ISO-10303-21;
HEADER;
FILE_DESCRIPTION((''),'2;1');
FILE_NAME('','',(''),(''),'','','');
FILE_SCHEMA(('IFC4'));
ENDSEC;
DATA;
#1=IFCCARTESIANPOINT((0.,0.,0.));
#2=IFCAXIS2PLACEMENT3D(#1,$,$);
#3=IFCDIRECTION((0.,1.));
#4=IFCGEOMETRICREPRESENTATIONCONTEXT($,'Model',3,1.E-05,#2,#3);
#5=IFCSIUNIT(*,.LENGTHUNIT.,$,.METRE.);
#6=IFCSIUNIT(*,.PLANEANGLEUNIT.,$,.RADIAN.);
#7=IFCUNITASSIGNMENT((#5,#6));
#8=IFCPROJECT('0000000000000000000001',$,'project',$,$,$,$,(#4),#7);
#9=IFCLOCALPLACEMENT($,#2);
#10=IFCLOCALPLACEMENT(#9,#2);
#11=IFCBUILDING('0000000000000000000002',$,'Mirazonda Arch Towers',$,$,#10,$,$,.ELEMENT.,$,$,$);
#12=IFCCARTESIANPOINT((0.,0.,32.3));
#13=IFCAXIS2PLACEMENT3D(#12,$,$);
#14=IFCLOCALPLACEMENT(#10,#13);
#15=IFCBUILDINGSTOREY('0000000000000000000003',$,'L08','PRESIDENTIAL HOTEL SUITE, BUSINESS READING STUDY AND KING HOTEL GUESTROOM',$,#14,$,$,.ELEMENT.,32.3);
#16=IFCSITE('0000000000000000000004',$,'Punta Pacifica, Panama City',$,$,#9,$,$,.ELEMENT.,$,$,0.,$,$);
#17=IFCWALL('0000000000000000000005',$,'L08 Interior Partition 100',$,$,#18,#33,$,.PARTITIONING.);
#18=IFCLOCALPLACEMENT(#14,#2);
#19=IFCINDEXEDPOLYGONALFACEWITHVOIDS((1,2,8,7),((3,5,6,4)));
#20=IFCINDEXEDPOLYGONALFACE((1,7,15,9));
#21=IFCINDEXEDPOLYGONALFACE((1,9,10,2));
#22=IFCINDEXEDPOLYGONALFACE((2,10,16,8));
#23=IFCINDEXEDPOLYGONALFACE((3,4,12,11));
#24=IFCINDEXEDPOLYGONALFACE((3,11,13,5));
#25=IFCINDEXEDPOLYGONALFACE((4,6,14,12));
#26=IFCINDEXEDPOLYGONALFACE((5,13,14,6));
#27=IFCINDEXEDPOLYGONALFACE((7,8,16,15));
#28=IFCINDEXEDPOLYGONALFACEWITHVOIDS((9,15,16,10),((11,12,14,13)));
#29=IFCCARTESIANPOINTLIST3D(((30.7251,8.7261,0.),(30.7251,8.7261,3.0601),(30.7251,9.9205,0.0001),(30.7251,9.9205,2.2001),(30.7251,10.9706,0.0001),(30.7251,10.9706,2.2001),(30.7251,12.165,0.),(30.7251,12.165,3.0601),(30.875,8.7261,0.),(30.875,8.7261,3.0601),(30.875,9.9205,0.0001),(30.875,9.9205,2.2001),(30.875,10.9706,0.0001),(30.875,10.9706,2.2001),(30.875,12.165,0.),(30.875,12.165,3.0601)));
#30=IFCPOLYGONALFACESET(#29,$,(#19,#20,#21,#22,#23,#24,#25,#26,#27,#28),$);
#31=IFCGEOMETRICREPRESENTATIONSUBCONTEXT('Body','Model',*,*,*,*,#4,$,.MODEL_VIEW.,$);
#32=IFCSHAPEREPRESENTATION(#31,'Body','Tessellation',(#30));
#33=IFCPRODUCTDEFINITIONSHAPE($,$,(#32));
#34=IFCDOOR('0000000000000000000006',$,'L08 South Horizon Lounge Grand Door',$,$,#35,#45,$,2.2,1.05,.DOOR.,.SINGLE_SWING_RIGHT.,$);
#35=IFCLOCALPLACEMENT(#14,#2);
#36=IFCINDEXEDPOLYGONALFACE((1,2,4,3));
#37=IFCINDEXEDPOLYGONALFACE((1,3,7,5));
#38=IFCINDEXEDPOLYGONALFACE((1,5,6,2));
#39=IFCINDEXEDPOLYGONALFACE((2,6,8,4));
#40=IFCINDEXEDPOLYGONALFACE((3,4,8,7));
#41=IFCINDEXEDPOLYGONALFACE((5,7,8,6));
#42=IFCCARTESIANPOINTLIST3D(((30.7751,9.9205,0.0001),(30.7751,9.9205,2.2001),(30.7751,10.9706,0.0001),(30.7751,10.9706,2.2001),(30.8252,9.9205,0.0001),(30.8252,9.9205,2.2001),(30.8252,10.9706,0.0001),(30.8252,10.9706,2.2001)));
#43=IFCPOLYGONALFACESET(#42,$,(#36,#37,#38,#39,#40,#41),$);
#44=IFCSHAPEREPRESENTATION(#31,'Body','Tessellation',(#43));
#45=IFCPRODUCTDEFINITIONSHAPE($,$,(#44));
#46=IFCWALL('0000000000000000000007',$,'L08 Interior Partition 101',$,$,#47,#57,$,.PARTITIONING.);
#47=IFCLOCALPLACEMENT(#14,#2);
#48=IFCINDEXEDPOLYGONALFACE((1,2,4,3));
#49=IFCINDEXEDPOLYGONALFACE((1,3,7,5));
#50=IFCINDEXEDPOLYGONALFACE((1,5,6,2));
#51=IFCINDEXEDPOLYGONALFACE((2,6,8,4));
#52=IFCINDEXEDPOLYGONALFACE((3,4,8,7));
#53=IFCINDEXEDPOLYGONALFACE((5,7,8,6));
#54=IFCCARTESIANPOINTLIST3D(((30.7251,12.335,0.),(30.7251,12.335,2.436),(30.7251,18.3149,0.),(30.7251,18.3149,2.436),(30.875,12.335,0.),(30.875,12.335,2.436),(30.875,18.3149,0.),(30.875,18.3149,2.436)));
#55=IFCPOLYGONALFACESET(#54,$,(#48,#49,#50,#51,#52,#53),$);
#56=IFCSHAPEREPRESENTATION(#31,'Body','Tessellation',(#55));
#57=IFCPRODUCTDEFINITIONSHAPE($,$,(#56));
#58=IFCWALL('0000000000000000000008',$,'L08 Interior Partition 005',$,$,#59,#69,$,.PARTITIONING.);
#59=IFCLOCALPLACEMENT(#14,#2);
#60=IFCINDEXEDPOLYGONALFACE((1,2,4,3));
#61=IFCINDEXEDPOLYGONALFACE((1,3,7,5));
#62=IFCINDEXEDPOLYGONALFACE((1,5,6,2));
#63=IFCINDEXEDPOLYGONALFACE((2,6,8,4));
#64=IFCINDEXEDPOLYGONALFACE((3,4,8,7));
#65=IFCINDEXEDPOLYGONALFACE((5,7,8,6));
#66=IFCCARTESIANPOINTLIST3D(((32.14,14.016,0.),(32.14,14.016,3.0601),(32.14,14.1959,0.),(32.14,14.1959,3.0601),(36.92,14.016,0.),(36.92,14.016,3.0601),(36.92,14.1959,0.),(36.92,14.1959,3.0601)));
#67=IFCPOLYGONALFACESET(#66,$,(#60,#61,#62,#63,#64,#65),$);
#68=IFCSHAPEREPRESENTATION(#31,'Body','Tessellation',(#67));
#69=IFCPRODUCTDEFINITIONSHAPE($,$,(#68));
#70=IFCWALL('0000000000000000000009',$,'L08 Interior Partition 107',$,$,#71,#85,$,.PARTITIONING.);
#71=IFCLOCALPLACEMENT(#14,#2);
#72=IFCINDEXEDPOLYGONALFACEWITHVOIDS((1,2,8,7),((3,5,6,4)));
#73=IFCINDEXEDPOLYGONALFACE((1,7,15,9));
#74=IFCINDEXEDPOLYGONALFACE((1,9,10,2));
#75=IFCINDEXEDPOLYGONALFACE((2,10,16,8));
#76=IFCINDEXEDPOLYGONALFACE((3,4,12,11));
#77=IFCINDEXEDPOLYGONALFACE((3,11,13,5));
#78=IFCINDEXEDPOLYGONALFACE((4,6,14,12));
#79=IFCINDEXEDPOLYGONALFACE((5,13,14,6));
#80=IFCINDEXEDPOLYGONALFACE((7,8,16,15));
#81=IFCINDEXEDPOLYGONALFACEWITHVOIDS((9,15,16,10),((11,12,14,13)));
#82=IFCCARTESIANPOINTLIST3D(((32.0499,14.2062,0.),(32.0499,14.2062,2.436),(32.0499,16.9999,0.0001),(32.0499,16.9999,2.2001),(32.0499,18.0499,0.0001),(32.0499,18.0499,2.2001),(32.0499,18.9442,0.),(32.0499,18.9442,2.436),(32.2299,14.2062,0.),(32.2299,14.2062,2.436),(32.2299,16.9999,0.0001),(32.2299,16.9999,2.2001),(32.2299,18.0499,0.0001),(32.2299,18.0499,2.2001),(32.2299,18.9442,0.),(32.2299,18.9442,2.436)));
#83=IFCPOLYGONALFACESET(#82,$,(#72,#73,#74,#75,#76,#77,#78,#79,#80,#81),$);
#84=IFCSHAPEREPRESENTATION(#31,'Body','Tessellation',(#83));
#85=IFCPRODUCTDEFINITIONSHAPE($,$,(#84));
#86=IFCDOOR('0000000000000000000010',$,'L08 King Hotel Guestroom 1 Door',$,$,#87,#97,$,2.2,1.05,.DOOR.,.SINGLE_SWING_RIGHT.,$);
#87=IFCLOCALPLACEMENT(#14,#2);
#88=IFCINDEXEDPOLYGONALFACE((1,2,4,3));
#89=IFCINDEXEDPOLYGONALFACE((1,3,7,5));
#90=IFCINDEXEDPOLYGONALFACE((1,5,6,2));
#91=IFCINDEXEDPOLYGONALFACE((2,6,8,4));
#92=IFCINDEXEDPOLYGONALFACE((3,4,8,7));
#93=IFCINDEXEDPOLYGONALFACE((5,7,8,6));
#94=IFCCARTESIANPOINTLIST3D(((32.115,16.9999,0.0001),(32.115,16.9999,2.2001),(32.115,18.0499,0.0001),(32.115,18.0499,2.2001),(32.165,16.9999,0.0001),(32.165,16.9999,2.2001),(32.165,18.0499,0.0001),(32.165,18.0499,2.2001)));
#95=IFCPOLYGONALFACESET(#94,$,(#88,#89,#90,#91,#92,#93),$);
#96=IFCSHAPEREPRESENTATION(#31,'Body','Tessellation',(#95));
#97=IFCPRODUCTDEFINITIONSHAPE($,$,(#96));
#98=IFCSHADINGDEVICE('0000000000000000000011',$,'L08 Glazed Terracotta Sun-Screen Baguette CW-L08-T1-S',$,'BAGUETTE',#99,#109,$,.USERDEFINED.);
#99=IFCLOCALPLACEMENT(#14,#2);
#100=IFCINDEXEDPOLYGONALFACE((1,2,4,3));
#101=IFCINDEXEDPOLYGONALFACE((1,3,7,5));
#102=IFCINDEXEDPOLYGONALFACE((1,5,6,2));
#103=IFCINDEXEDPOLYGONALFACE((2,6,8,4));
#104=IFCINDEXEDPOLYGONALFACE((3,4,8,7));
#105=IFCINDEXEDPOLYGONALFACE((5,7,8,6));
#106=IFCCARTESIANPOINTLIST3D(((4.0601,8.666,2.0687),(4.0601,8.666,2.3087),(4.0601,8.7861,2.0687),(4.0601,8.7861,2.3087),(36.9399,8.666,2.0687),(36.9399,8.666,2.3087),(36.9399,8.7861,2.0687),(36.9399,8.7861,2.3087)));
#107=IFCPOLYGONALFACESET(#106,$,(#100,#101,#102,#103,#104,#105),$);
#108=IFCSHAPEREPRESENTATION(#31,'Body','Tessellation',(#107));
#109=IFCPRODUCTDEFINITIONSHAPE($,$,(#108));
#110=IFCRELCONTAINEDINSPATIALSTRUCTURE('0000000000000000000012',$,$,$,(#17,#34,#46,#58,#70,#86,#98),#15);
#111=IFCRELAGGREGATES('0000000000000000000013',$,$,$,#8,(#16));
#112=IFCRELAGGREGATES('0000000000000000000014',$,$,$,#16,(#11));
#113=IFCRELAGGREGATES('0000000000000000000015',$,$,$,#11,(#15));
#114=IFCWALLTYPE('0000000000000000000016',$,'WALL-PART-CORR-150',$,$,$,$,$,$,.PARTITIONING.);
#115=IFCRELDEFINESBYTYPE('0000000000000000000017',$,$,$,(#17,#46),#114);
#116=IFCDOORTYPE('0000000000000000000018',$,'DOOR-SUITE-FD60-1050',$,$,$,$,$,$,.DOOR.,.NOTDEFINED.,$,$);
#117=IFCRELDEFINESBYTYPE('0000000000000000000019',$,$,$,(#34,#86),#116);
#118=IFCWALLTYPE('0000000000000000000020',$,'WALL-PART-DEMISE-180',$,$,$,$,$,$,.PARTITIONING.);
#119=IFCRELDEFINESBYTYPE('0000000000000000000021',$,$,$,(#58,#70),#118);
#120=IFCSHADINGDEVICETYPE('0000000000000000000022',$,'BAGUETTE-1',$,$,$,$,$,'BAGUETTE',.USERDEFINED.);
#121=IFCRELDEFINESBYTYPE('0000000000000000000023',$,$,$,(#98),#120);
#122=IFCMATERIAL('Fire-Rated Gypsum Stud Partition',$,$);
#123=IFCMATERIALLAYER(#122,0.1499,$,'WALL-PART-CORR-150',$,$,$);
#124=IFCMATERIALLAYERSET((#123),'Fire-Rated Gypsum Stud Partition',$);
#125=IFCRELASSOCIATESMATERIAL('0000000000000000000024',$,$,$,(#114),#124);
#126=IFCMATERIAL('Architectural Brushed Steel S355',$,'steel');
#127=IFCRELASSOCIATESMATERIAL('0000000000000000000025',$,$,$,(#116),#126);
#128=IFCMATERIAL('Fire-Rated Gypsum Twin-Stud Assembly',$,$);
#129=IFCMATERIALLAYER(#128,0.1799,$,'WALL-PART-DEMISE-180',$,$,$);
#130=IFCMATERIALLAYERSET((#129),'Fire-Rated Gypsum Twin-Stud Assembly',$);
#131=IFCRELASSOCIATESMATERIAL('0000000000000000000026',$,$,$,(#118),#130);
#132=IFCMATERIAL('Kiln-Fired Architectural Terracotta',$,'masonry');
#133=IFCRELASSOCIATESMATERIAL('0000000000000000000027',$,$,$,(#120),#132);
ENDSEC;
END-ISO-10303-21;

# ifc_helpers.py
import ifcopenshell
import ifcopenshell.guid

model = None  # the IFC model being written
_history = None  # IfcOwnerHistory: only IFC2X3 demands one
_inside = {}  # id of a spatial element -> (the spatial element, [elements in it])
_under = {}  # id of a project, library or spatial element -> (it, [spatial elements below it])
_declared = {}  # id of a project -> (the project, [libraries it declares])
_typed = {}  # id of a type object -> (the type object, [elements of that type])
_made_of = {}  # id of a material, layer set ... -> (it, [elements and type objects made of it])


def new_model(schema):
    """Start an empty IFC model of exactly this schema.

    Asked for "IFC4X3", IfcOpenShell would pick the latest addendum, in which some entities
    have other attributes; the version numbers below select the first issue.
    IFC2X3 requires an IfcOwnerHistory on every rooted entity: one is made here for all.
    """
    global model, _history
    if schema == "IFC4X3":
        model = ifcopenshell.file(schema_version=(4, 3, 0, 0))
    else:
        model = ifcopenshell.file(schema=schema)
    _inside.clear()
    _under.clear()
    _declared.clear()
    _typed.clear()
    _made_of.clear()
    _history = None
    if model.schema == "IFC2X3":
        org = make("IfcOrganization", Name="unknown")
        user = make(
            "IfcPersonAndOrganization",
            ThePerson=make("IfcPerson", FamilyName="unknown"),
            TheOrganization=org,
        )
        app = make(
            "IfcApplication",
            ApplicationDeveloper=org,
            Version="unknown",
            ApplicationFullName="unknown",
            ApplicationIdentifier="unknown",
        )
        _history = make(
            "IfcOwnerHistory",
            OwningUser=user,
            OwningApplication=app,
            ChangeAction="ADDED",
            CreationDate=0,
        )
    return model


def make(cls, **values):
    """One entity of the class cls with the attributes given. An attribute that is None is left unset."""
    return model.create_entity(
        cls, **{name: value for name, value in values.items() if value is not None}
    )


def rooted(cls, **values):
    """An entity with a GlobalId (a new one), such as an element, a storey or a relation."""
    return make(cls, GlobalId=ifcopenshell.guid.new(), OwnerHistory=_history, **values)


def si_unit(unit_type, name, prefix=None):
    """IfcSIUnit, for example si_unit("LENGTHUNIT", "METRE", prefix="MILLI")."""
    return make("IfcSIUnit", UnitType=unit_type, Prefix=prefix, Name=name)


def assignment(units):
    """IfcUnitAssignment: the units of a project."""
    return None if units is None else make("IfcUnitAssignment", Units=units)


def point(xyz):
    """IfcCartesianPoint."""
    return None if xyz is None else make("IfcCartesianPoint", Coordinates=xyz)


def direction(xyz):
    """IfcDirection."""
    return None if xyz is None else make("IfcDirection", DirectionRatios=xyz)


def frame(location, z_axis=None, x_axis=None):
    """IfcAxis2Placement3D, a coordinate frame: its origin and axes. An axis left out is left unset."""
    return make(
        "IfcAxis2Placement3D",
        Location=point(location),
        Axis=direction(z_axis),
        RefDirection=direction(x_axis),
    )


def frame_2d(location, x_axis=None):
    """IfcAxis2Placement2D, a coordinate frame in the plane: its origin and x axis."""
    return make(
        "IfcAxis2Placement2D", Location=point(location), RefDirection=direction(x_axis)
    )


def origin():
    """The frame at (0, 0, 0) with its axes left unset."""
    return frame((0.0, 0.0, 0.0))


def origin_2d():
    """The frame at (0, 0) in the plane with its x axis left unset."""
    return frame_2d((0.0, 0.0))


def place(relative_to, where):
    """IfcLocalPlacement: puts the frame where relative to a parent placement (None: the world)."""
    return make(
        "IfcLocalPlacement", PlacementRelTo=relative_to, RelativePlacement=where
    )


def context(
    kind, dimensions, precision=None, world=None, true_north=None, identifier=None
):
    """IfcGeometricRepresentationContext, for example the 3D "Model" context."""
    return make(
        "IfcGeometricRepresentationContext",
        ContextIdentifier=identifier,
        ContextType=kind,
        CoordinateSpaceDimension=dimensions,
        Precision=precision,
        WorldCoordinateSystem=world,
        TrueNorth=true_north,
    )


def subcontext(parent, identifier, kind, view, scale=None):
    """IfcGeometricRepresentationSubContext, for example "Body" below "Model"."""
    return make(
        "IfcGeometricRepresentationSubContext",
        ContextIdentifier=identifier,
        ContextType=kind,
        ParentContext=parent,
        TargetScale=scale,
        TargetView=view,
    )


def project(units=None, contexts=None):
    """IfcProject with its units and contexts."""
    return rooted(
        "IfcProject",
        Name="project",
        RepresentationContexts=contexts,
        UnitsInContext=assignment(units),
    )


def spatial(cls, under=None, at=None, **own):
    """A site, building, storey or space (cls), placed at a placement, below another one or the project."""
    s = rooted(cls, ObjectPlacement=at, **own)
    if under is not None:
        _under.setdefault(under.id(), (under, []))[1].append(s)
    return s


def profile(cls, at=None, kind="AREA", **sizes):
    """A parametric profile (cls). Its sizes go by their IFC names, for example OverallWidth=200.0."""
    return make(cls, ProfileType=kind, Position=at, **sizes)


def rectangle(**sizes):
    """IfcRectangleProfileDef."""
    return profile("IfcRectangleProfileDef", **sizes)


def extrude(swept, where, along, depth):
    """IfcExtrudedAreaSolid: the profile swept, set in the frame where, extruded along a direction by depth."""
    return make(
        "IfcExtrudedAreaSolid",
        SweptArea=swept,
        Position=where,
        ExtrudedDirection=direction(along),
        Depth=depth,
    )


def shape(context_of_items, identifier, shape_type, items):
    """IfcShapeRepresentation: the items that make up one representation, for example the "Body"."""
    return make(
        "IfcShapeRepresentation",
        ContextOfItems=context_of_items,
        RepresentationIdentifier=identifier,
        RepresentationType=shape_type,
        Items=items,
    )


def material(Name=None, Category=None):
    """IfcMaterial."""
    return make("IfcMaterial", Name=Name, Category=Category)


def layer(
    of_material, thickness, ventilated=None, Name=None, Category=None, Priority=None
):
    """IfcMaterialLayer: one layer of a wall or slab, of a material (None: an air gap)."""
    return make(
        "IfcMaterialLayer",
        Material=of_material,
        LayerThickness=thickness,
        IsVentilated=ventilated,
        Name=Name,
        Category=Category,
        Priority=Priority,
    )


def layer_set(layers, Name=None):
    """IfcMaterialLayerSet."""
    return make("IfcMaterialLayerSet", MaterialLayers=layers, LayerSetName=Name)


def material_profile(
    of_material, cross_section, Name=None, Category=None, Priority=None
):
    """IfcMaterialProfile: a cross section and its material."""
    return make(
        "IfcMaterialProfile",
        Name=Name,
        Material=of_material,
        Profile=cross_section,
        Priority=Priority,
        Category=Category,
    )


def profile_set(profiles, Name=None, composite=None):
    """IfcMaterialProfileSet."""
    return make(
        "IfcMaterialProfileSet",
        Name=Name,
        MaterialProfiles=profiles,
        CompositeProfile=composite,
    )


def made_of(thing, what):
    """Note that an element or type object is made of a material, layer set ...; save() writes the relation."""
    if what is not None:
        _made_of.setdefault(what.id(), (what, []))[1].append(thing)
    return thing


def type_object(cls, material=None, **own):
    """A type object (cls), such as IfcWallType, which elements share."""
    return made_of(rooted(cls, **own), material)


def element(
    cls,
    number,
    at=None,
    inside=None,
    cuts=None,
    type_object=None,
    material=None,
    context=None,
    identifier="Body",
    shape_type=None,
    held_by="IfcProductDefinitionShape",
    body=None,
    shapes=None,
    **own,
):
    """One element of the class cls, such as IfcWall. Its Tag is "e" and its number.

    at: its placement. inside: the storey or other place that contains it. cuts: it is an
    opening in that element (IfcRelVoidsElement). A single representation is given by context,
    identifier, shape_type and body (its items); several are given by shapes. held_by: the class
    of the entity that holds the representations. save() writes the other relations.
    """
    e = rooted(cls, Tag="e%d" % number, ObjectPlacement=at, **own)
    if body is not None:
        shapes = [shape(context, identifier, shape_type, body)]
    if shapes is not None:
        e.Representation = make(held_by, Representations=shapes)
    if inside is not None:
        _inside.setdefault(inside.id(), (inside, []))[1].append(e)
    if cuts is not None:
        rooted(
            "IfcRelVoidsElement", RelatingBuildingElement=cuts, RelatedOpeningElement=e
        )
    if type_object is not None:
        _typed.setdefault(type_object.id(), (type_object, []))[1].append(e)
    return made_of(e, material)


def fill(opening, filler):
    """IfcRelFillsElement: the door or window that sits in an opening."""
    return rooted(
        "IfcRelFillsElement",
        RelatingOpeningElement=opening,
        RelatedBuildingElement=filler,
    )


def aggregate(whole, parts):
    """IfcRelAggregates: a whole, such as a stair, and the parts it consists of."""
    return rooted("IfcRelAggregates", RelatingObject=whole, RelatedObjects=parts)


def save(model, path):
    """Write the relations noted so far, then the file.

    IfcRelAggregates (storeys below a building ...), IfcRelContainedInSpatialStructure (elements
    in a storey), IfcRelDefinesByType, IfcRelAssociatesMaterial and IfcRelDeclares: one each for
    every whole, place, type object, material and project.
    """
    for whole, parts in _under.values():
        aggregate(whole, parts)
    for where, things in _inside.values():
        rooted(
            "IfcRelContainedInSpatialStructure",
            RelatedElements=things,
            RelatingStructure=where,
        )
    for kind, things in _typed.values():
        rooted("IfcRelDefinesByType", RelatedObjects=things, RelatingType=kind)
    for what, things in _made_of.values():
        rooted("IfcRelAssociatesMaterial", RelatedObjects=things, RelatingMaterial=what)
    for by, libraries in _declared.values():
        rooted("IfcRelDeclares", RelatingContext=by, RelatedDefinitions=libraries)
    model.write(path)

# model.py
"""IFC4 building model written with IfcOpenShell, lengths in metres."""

from ifc_helpers import new_model, si_unit, direction, frame, frame_2d, origin, origin_2d, place, context, subcontext, project, spatial, rectangle, extrude, material, layer, layer_set, material_profile, profile_set, type_object, element, fill, save


model = new_model("IFC4")

# Units and contexts
model_context = context("Model", 3, precision=1e-05, world=origin(), true_north=direction((0.0, 1.0)))
body_context = subcontext(model_context, "Body", "Model", "MODEL_VIEW")
ifc_project = project(units=[si_unit("LENGTHUNIT", "METRE"), si_unit("PLANEANGLEUNIT", "RADIAN")], contexts=[model_context])

# Site, building, storey
site_placement = place(None, origin())
site = spatial("IfcSite", under=ifc_project, at=site_placement, Name="Punta Pacifica, Panama City", CompositionType="ELEMENT", RefElevation=0.0)
building_placement = place(site_placement, origin())
building = spatial("IfcBuilding", under=site, at=building_placement, Name="Mirazonda Arch Towers", CompositionType="ELEMENT")
storey_placement = place(building_placement, frame((0.0, 0.0, 32.3)))
storey = spatial("IfcBuildingStorey", under=building, at=storey_placement, Name="L08", Description="PRESIDENTIAL HOTEL SUITE, BUSINESS READING STUDY AND KING HOTEL GUESTROOM", CompositionType="ELEMENT", Elevation=32.3)

# Shared definitions
ifc_material_1 = material(Name="Fire-Rated Gypsum Stud Partition")
ifc_layer_1 = layer(ifc_material_1, 0.1499, Name="WALL-PART-CORR-150")
ifc_layer_set_1 = layer_set([ifc_layer_1], Name="Fire-Rated Gypsum Stud Partition")
wall_type_1 = type_object("IfcWallType", Name="WALL-PART-CORR-150", PredefinedType="PARTITIONING", material=ifc_layer_set_1)

# Wall, opening, door
wall_1_placement = place(storey_placement, frame((30.8, 8.7261, 0.0), z_axis=(0.0, 0.0, 1.0), x_axis=(0.0, 1.0, 0.0)))
wall_1 = element("IfcWall", 1, at=wall_1_placement, inside=storey, type_object=wall_type_1, Name="L08 Interior Partition 100", PredefinedType="PARTITIONING", context=body_context, shape_type="SweptSolid", body=[
    extrude(rectangle(XDim=3.439, YDim=0.1499, at=frame_2d((1.7195, 0.0))), origin(), (0.0, 0.0, 1.0), 3.0601),
])
opening_1_placement = place(wall_1_placement, frame((1.1946, 0.0, 0.0)))
opening_1 = element("IfcOpeningElement", 2, at=opening_1_placement, cuts=wall_1, PredefinedType="OPENING", context=body_context, shape_type="SweptSolid", body=[
    extrude(rectangle(XDim=1.05, YDim=2.2, at=frame_2d((0.5249, 1.1001))), frame((0.0, 0.085, 0.0), z_axis=(0.0, -1.0, 0.0), x_axis=(1.0, 0.0, 0.0)), (0.0, 0.0, 1.0), 0.1699),
])
ifc_material_2 = material(Name="Architectural Brushed Steel S355", Category="steel")
door_type_1 = type_object("IfcDoorType", Name="DOOR-SUITE-FD60-1050", OperationType="NOTDEFINED", PredefinedType="DOOR", material=ifc_material_2)
door_1_placement = place(opening_1_placement, origin())
door_1 = element("IfcDoor", 3, at=door_1_placement, inside=storey, type_object=door_type_1, Name="L08 South Horizon Lounge Grand Door", OperationType="SINGLE_SWING_RIGHT", OverallHeight=2.2, OverallWidth=1.05, PredefinedType="DOOR", context=body_context, shape_type="SweptSolid", body=[
    extrude(rectangle(XDim=1.05, YDim=2.2, at=frame_2d((0.5249, 1.1001))), frame((0.0, 0.0249, 0.0), z_axis=(0.0, -1.0, 0.0), x_axis=(1.0, 0.0, 0.0)), (0.0, 0.0, 1.0), 0.05),
])
fill(opening_1, door_1)

# Walls
wall_2_placement = place(storey_placement, frame((30.8, 12.335, 0.0), z_axis=(0.0, 0.0, 1.0), x_axis=(0.0, 1.0, 0.0)))
element("IfcWall", 4, at=wall_2_placement, inside=storey, type_object=wall_type_1, Name="L08 Interior Partition 101", PredefinedType="PARTITIONING", context=body_context, shape_type="SweptSolid", body=[
    extrude(rectangle(XDim=5.98, YDim=0.1499, at=frame_2d((2.99, 0.0))), origin(), (0.0, 0.0, 1.0), 2.436),
])
ifc_material_3 = material(Name="Fire-Rated Gypsum Twin-Stud Assembly")
ifc_layer_2 = layer(ifc_material_3, 0.1799, Name="WALL-PART-DEMISE-180")
ifc_layer_set_2 = layer_set([ifc_layer_2], Name="Fire-Rated Gypsum Twin-Stud Assembly")
wall_type_2 = type_object("IfcWallType", Name="WALL-PART-DEMISE-180", PredefinedType="PARTITIONING", material=ifc_layer_set_2)
wall_3_placement = place(storey_placement, frame((32.1399, 14.106, 0.0), z_axis=(0.0, 0.0, 1.0), x_axis=(1.0, 0.0, 0.0)))
element("IfcWall", 5, at=wall_3_placement, inside=storey, type_object=wall_type_2, Name="L08 Interior Partition 005", PredefinedType="PARTITIONING", context=body_context, shape_type="SweptSolid", body=[
    extrude(rectangle(XDim=4.78, YDim=0.1799, at=frame_2d((2.3901, 0.0))), origin(), (0.0, 0.0, 1.0), 3.0601),
])

# Wall, opening, door
wall_4_placement = place(storey_placement, frame((32.1399, 14.2061, 0.0), z_axis=(0.0, 0.0, 1.0), x_axis=(0.0, 1.0, 0.0)))
wall_4 = element("IfcWall", 6, at=wall_4_placement, inside=storey, type_object=wall_type_2, Name="L08 Interior Partition 107", PredefinedType="PARTITIONING", context=body_context, shape_type="SweptSolid", body=[
    extrude(rectangle(XDim=4.738, YDim=0.1799, at=frame_2d((2.3691, 0.0))), origin(), (0.0, 0.0, 1.0), 2.436),
])
opening_2_placement = place(wall_4_placement, frame((2.7939, 0.0, 0.0)))
opening_2 = element("IfcOpeningElement", 7, at=opening_2_placement, cuts=wall_4, PredefinedType="OPENING", context=body_context, shape_type="SweptSolid", body=[
    extrude(rectangle(XDim=1.05, YDim=2.2, at=frame_2d((0.5249, 1.1001))), frame((0.0, 0.0999, 0.0), z_axis=(0.0, -1.0, 0.0), x_axis=(1.0, 0.0, 0.0)), (0.0, 0.0, 1.0), 0.2),
])
door_2_placement = place(opening_2_placement, origin())
door_2 = element("IfcDoor", 8, at=door_2_placement, inside=storey, type_object=door_type_1, Name="L08 King Hotel Guestroom 1 Door", OperationType="SINGLE_SWING_RIGHT", OverallHeight=2.2, OverallWidth=1.05, PredefinedType="DOOR", context=body_context, shape_type="SweptSolid", body=[
    extrude(rectangle(XDim=1.05, YDim=2.2, at=frame_2d((0.5249, 1.1001))), frame((0.0, 0.0249, 0.0), z_axis=(0.0, -1.0, 0.0), x_axis=(1.0, 0.0, 0.0)), (0.0, 0.0, 1.0), 0.05),
])
fill(opening_2, door_2)

# Shading device
ifc_material_4 = material(Name="Kiln-Fired Architectural Terracotta", Category="masonry")
ifc_material_profile_1 = material_profile(ifc_material_4, rectangle(XDim=0.1201, YDim=0.24, at=origin_2d()), Name="TERRA-BAG-120x240")
ifc_profile_set_1 = profile_set([ifc_material_profile_1], Name="Kiln-Fired Architectural Terracotta")
shading_device_type = type_object("IfcShadingDeviceType", Name="BAGUETTE-1", ElementType="BAGUETTE", PredefinedType="USERDEFINED", material=ifc_profile_set_1)
shading_device_placement = place(storey_placement, frame((36.9399, 8.7261, 2.1887), z_axis=(-1.0, 0.0, 0.0), x_axis=(0.0, -1.0, 0.0)))
element("IfcShadingDevice", 9, at=shading_device_placement, inside=storey, type_object=shading_device_type, Name="L08 Glazed Terracotta Sun-Screen Baguette CW-L08-T1-S", ObjectType="BAGUETTE", PredefinedType="USERDEFINED", context=body_context, shape_type="SweptSolid", body=[
    extrude(rectangle(XDim=0.1201, YDim=0.24, at=origin_2d()), origin(), (0.0, 0.0, 1.0), 32.8799),
])

save(model, "model.ifc")
